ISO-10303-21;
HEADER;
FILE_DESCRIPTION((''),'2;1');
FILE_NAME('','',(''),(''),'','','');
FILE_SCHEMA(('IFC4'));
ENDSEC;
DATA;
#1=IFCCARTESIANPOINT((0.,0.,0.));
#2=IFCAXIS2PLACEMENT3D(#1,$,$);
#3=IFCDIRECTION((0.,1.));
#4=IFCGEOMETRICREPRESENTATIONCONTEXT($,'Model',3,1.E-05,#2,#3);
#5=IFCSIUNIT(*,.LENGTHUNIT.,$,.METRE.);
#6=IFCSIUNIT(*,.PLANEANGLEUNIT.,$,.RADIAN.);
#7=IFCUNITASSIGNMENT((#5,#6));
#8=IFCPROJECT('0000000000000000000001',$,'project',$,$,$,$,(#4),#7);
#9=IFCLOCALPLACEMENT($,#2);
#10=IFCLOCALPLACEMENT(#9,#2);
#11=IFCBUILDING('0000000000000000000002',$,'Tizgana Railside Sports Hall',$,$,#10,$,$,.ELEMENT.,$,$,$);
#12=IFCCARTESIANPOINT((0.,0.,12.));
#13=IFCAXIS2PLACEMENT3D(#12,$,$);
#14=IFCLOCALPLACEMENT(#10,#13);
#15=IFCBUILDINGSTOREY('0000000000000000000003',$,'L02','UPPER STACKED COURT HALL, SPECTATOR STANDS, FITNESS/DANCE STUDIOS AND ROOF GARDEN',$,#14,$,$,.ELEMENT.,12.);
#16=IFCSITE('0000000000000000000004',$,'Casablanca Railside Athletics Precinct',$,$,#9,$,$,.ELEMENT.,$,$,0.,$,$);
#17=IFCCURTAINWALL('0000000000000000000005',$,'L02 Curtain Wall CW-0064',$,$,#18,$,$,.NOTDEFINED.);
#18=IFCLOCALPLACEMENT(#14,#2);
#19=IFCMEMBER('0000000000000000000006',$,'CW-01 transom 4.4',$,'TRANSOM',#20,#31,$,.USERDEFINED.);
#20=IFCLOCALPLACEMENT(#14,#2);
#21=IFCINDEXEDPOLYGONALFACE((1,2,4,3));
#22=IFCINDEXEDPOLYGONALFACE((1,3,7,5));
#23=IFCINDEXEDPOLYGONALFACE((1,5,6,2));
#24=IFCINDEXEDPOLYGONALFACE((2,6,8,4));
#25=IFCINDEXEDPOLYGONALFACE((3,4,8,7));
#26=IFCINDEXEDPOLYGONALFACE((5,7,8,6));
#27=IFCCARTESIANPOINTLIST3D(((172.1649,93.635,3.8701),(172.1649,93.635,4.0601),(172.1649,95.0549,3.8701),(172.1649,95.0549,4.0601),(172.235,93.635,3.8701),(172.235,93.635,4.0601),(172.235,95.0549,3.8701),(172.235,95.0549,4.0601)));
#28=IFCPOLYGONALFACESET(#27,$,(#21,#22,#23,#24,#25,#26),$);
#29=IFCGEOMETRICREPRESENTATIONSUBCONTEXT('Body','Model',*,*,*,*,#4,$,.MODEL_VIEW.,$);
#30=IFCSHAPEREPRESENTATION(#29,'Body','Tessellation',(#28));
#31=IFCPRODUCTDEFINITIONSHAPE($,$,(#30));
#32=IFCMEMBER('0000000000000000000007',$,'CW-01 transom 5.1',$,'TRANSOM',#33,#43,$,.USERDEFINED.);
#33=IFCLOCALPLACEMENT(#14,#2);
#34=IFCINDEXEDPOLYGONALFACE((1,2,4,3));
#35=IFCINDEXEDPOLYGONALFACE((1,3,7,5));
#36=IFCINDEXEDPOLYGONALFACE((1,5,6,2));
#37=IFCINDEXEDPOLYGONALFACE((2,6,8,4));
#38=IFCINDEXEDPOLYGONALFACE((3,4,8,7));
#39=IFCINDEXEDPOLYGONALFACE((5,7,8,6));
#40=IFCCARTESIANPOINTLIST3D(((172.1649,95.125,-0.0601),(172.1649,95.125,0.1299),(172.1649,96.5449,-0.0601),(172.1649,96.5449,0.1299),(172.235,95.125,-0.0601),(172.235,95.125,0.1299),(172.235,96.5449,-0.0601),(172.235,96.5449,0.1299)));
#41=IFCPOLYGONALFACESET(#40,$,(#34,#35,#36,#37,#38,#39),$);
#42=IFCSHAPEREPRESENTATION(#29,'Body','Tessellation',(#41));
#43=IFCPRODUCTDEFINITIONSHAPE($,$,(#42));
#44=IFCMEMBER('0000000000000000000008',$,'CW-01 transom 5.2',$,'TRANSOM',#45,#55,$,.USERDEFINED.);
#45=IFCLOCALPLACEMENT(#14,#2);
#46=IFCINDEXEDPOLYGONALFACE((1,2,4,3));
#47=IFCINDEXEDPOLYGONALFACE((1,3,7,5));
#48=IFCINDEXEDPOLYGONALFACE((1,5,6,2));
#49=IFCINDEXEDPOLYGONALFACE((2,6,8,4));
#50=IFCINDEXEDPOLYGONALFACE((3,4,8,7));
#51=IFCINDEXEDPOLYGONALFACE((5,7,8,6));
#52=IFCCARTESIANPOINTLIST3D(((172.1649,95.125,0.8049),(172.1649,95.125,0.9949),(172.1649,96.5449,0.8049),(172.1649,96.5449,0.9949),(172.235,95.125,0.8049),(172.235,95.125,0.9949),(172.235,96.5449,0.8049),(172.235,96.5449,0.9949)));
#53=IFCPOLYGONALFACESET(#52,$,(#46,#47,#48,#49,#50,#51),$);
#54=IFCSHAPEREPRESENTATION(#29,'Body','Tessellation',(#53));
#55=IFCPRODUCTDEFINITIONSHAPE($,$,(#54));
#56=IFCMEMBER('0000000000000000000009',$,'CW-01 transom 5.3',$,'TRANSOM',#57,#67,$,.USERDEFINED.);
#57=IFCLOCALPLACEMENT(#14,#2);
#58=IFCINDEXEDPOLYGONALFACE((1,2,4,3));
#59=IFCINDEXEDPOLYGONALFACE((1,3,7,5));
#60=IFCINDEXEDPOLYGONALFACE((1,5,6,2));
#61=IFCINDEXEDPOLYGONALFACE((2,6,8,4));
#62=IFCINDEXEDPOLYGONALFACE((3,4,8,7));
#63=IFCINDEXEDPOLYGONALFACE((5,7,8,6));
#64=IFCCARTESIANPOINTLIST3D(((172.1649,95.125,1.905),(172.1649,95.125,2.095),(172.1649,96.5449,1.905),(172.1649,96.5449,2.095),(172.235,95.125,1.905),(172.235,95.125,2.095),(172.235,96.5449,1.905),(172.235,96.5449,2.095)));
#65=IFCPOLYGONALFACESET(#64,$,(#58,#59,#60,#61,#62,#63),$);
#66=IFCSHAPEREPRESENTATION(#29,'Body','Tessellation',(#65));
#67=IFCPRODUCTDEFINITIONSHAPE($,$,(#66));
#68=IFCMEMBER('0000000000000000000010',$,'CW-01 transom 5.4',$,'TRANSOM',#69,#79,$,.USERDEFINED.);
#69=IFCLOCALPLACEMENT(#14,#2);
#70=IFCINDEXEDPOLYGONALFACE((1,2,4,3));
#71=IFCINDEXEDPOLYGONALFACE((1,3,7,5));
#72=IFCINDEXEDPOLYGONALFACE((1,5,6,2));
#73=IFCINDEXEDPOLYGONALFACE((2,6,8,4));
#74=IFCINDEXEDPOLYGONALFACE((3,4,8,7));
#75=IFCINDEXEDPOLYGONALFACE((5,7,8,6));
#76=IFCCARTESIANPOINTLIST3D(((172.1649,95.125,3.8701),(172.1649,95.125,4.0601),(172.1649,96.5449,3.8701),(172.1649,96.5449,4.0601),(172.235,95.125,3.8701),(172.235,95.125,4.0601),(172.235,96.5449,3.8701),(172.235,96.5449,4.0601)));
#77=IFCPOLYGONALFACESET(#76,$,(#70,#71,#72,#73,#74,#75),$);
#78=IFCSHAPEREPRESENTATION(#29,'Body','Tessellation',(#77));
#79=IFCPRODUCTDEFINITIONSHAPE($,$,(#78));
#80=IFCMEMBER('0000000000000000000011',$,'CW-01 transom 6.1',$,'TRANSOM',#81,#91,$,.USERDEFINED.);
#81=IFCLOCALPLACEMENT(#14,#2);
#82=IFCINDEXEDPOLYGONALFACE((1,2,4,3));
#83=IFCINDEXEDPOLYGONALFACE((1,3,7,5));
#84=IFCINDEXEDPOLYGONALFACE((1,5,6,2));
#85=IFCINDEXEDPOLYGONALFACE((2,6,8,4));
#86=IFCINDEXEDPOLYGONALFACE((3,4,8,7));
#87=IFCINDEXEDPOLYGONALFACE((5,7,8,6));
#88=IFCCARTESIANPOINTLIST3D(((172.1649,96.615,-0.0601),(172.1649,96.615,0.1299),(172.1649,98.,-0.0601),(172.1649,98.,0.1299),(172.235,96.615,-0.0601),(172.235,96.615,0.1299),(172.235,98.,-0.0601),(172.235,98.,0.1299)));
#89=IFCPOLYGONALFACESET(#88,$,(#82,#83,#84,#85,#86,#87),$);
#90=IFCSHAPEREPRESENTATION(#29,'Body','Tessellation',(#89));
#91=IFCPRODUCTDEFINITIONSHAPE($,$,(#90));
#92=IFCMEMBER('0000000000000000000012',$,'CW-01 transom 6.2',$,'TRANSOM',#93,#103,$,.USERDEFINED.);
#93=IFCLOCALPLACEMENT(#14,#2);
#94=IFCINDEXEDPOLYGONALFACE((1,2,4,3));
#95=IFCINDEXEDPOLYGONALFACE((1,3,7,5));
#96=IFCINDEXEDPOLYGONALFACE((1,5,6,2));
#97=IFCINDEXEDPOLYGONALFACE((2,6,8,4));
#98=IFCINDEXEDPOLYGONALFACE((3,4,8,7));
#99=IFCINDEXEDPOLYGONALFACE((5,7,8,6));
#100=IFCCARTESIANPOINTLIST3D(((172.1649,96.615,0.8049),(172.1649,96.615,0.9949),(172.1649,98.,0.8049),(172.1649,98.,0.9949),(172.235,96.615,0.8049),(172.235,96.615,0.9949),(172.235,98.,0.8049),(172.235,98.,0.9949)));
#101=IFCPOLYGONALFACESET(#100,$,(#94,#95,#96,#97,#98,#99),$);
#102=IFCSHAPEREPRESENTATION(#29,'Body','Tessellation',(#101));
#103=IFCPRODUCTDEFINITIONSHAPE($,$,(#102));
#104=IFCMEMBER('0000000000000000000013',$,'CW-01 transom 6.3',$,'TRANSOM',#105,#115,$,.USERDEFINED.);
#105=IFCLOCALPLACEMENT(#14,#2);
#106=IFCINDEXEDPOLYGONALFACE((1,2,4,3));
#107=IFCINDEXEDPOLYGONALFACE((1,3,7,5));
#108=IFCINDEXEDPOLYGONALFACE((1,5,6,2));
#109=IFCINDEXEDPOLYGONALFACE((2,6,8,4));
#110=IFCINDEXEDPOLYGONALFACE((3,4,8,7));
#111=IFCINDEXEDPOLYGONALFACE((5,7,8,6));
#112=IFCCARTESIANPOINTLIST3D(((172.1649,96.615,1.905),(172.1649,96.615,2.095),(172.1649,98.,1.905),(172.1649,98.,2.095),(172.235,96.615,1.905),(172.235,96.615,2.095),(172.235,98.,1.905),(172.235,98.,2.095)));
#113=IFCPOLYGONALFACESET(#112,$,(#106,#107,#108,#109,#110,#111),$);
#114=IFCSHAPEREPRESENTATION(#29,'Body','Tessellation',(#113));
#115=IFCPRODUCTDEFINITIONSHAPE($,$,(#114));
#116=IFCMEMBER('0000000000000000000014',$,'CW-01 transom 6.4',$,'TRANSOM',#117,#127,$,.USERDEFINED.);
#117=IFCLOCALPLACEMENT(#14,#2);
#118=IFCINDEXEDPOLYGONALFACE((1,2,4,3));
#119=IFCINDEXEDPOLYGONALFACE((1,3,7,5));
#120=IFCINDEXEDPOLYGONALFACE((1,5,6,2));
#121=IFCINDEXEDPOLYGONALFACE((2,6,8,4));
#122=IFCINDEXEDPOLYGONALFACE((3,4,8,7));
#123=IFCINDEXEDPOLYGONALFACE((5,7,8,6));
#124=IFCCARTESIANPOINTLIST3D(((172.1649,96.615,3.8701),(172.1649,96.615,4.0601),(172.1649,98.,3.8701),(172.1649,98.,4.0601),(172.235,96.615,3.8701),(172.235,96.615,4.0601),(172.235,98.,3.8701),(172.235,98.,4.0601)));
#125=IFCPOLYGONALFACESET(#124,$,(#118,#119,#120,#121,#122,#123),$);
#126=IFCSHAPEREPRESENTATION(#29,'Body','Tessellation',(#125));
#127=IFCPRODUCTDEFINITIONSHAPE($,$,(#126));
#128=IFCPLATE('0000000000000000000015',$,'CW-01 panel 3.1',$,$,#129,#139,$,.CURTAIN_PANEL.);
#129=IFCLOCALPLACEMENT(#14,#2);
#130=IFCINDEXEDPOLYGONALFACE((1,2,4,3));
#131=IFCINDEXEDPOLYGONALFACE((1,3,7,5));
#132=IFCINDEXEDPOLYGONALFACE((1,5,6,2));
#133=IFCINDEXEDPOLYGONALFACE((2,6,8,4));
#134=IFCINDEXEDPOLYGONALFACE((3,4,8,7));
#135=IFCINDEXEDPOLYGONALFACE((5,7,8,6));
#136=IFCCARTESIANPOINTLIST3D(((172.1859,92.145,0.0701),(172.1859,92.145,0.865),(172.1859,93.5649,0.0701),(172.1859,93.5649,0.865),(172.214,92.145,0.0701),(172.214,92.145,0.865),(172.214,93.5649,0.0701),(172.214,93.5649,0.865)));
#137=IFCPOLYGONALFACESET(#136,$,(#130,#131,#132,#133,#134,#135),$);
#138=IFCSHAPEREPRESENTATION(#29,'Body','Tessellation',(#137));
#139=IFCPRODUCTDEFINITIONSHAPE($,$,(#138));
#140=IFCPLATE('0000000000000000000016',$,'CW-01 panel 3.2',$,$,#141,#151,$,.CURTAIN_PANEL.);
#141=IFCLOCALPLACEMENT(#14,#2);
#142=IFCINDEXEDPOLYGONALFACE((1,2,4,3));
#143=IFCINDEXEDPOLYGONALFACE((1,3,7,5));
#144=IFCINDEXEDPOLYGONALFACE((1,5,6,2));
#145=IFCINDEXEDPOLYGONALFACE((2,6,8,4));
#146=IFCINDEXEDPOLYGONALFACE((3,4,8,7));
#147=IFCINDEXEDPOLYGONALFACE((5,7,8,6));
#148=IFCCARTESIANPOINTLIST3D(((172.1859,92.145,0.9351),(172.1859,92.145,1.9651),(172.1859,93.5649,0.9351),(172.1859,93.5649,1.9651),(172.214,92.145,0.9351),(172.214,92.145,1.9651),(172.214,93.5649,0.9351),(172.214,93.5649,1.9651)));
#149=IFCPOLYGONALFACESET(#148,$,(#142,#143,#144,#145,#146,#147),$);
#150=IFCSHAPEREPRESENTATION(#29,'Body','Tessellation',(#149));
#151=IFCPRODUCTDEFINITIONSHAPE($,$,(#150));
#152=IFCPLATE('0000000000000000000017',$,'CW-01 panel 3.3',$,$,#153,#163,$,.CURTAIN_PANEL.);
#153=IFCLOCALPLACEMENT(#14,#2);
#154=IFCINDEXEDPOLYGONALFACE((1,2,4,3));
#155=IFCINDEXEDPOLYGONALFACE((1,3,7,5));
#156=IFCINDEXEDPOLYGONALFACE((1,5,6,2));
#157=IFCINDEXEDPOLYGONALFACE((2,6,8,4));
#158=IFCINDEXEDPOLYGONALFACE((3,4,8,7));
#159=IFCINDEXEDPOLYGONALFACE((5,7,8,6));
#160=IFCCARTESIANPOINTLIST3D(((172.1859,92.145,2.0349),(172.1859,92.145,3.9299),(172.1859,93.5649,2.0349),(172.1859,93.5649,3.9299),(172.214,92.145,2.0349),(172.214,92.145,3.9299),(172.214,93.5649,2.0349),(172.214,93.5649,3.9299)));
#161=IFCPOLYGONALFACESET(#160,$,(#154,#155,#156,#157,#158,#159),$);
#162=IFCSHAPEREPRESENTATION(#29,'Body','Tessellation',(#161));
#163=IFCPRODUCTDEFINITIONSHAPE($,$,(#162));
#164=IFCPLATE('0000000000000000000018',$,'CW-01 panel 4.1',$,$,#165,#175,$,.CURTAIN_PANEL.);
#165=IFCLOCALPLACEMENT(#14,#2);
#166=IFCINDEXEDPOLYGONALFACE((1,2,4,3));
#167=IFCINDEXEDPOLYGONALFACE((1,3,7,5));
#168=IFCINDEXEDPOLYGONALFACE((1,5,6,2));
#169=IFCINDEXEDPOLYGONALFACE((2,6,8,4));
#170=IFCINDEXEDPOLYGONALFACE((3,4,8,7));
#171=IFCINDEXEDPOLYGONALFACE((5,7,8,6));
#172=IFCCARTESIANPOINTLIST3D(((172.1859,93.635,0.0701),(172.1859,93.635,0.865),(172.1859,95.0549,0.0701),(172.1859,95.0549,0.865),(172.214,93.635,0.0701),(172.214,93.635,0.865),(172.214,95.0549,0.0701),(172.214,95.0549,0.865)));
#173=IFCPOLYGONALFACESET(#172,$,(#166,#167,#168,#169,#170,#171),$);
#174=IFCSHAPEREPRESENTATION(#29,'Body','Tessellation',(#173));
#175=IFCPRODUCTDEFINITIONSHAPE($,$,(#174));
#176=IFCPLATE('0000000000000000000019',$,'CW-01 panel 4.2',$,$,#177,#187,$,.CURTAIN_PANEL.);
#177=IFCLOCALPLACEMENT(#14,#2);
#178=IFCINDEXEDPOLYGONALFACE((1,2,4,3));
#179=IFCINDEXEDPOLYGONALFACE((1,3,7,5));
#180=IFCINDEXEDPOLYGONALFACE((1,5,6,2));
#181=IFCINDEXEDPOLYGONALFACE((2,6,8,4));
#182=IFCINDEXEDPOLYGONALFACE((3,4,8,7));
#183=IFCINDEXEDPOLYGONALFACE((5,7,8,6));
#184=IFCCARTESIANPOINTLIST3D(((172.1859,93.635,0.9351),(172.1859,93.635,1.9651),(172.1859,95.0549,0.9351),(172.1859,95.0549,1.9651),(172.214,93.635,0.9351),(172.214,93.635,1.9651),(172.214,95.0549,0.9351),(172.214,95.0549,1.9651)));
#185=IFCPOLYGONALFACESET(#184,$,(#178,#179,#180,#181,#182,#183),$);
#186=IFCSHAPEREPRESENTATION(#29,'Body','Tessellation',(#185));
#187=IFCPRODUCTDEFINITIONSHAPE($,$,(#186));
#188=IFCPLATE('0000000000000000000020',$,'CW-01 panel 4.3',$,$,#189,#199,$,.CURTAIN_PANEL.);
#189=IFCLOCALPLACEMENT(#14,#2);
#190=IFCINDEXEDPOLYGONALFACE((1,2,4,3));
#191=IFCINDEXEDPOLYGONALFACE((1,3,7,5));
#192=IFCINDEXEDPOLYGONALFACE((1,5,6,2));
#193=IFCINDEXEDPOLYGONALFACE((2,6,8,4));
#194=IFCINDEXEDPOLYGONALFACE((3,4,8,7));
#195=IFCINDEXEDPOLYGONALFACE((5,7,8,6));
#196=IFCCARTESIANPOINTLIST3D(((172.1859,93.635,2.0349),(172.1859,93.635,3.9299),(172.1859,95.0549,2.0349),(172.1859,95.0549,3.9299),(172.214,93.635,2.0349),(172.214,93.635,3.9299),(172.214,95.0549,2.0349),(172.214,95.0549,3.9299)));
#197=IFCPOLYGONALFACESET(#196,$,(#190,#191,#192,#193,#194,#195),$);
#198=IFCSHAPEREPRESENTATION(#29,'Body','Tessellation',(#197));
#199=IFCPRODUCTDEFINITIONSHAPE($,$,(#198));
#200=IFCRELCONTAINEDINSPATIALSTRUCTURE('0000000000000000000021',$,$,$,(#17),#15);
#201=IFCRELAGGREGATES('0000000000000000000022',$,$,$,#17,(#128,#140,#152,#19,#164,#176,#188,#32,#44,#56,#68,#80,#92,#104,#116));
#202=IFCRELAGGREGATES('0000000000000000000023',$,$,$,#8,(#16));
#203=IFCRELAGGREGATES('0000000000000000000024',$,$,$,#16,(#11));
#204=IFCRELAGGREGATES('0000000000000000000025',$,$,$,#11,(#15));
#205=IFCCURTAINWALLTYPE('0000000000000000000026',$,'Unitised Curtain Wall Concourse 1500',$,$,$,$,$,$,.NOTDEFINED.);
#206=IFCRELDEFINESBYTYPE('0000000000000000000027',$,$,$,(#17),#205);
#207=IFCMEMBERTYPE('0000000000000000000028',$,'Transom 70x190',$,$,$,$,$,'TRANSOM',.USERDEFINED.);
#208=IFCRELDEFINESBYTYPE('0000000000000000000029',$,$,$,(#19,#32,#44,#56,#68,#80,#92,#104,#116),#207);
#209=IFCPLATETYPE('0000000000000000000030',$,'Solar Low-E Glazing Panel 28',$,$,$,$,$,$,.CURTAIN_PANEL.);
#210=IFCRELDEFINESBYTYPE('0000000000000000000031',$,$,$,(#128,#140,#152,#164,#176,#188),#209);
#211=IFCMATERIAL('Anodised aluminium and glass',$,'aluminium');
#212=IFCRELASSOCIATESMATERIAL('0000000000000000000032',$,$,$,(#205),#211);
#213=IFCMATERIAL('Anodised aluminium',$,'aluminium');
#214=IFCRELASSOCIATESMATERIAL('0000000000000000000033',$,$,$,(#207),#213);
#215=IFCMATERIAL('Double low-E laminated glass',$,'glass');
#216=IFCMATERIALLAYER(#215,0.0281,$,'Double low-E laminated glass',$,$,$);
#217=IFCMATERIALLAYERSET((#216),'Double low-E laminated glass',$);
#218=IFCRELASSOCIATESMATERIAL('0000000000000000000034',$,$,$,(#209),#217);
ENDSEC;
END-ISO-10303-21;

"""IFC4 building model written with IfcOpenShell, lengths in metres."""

from ifc_helpers import new_model, si_unit, direction, frame, origin, origin_2d, place, context, subcontext, project, spatial, rectangle, extrude, material, layer, layer_set, material_profile, profile_set, type_object, element, aggregate, save


model = new_model("IFC4")

# Units and contexts
model_context = context("Model", 3, precision=1e-05, world=origin(), true_north=direction((0.0, 1.0)))
body_context = subcontext(model_context, "Body", "Model", "MODEL_VIEW")
ifc_project = project(units=[si_unit("LENGTHUNIT", "METRE"), si_unit("PLANEANGLEUNIT", "RADIAN")], contexts=[model_context])

# Site, building, storey
site_placement = place(None, origin())
site = spatial("IfcSite", under=ifc_project, at=site_placement, Name="Casablanca Railside Athletics Precinct", CompositionType="ELEMENT", RefElevation=0.0)
building_placement = place(site_placement, origin())
building = spatial("IfcBuilding", under=site, at=building_placement, Name="Tizgana Railside Sports Hall", CompositionType="ELEMENT")
storey_placement = place(building_placement, frame((0.0, 0.0, 12.0)))
storey = spatial("IfcBuildingStorey", under=building, at=storey_placement, Name="L02", Description="UPPER STACKED COURT HALL, SPECTATOR STANDS, FITNESS/DANCE STUDIOS AND ROOF GARDEN", CompositionType="ELEMENT", Elevation=12.0)

# Shared definitions
ifc_material_1 = material(Name="Anodised aluminium and glass", Category="aluminium")
ifc_material_2 = material(Name="Anodised aluminium", Category="aluminium")

# Curtain wall
curtain_wall_type_1 = type_object("IfcCurtainWallType", Name="Unitised Curtain Wall Concourse 1500", PredefinedType="NOTDEFINED", material=ifc_material_1)
curtain_wall_1_placement = place(storey_placement, origin())
curtain_wall_1 = element("IfcCurtainWall", 1, at=curtain_wall_1_placement, inside=storey, type_object=curtain_wall_type_1, Name="L02 Curtain Wall CW-0064", PredefinedType="NOTDEFINED")

# Members
ifc_material_profile_1 = material_profile(ifc_material_2, rectangle(XDim=0.0701, YDim=0.1899, at=origin_2d()), Name="Transom 70x190")
ifc_profile_set_1 = profile_set([ifc_material_profile_1], Name="Anodised aluminium")
member_type_1 = type_object("IfcMemberType", Name="Transom 70x190", ElementType="TRANSOM", PredefinedType="USERDEFINED", material=ifc_profile_set_1)
member_1_placement = place(storey_placement, frame((172.2, 93.635, 3.9651), z_axis=(0.0, 1.0, 0.0), x_axis=(-1.0, 0.0, 0.0)))
member_1 = element("IfcMember", 2, at=member_1_placement, type_object=member_type_1, Name="CW-01 transom 4.4", ObjectType="TRANSOM", PredefinedType="USERDEFINED", context=body_context, shape_type="SweptSolid", body=[
    extrude(rectangle(XDim=0.0701, YDim=0.1899, at=origin_2d()), origin(), (0.0, 0.0, 1.0), 1.4199),
])
member_2_placement = place(storey_placement, frame((172.2, 95.125, 0.0349), z_axis=(0.0, 1.0, 0.0), x_axis=(-1.0, 0.0, 0.0)))
member_2 = element("IfcMember", 3, at=member_2_placement, type_object=member_type_1, Name="CW-01 transom 5.1", ObjectType="TRANSOM", PredefinedType="USERDEFINED", context=body_context, shape_type="SweptSolid", body=[
    extrude(rectangle(XDim=0.0701, YDim=0.1899, at=origin_2d()), origin(), (0.0, 0.0, 1.0), 1.4199),
])
member_3_placement = place(storey_placement, frame((172.2, 95.125, 0.8999), z_axis=(0.0, 1.0, 0.0), x_axis=(-1.0, 0.0, 0.0)))
member_3 = element("IfcMember", 4, at=member_3_placement, type_object=member_type_1, Name="CW-01 transom 5.2", ObjectType="TRANSOM", PredefinedType="USERDEFINED", context=body_context, shape_type="SweptSolid", body=[
    extrude(rectangle(XDim=0.0701, YDim=0.1899, at=origin_2d()), origin(), (0.0, 0.0, 1.0), 1.4199),
])
member_4_placement = place(storey_placement, frame((172.2, 95.125, 2.0), z_axis=(0.0, 1.0, 0.0), x_axis=(-1.0, 0.0, 0.0)))
member_4 = element("IfcMember", 5, at=member_4_placement, type_object=member_type_1, Name="CW-01 transom 5.3", ObjectType="TRANSOM", PredefinedType="USERDEFINED", context=body_context, shape_type="SweptSolid", body=[
    extrude(rectangle(XDim=0.0701, YDim=0.1899, at=origin_2d()), origin(), (0.0, 0.0, 1.0), 1.4199),
])
member_5_placement = place(storey_placement, frame((172.2, 95.125, 3.9651), z_axis=(0.0, 1.0, 0.0), x_axis=(-1.0, 0.0, 0.0)))
member_5 = element("IfcMember", 6, at=member_5_placement, type_object=member_type_1, Name="CW-01 transom 5.4", ObjectType="TRANSOM", PredefinedType="USERDEFINED", context=body_context, shape_type="SweptSolid", body=[
    extrude(rectangle(XDim=0.0701, YDim=0.1899, at=origin_2d()), origin(), (0.0, 0.0, 1.0), 1.4199),
])
member_6_placement = place(storey_placement, frame((172.2, 96.615, 0.0349), z_axis=(0.0, 1.0, 0.0), x_axis=(-1.0, 0.0, 0.0)))
member_6 = element("IfcMember", 7, at=member_6_placement, type_object=member_type_1, Name="CW-01 transom 6.1", ObjectType="TRANSOM", PredefinedType="USERDEFINED", context=body_context, shape_type="SweptSolid", body=[
    extrude(rectangle(XDim=0.0701, YDim=0.1899, at=origin_2d()), origin(), (0.0, 0.0, 1.0), 1.385),
])
member_7_placement = place(storey_placement, frame((172.2, 96.615, 0.8999), z_axis=(0.0, 1.0, 0.0), x_axis=(-1.0, 0.0, 0.0)))
member_7 = element("IfcMember", 8, at=member_7_placement, type_object=member_type_1, Name="CW-01 transom 6.2", ObjectType="TRANSOM", PredefinedType="USERDEFINED", context=body_context, shape_type="SweptSolid", body=[
    extrude(rectangle(XDim=0.0701, YDim=0.1899, at=origin_2d()), origin(), (0.0, 0.0, 1.0), 1.385),
])
member_8_placement = place(storey_placement, frame((172.2, 96.615, 2.0), z_axis=(0.0, 1.0, 0.0), x_axis=(-1.0, 0.0, 0.0)))
member_8 = element("IfcMember", 9, at=member_8_placement, type_object=member_type_1, Name="CW-01 transom 6.3", ObjectType="TRANSOM", PredefinedType="USERDEFINED", context=body_context, shape_type="SweptSolid", body=[
    extrude(rectangle(XDim=0.0701, YDim=0.1899, at=origin_2d()), origin(), (0.0, 0.0, 1.0), 1.385),
])
member_9_placement = place(storey_placement, frame((172.2, 96.615, 3.9651), z_axis=(0.0, 1.0, 0.0), x_axis=(-1.0, 0.0, 0.0)))
member_9 = element("IfcMember", 10, at=member_9_placement, type_object=member_type_1, Name="CW-01 transom 6.4", ObjectType="TRANSOM", PredefinedType="USERDEFINED", context=body_context, shape_type="SweptSolid", body=[
    extrude(rectangle(XDim=0.0701, YDim=0.1899, at=origin_2d()), origin(), (0.0, 0.0, 1.0), 1.385),
])

# Plates
ifc_material_3 = material(Name="Double low-E laminated glass", Category="glass")
ifc_layer_1 = layer(ifc_material_3, 0.0281, Name="Double low-E laminated glass")
ifc_layer_set_1 = layer_set([ifc_layer_1], Name="Double low-E laminated glass")
plate_type = type_object("IfcPlateType", Name="Solar Low-E Glazing Panel 28", PredefinedType="CURTAIN_PANEL", material=ifc_layer_set_1)
plate_1_placement = place(storey_placement, frame((172.2, 92.855, 0.0701), z_axis=(0.0, 0.0, 1.0), x_axis=(0.0, 1.0, 0.0)))
plate_1 = element("IfcPlate", 11, at=plate_1_placement, type_object=plate_type, Name="CW-01 panel 3.1", PredefinedType="CURTAIN_PANEL", context=body_context, shape_type="SweptSolid", body=[
    extrude(rectangle(XDim=1.4199, YDim=0.0281, at=origin_2d()), origin(), (0.0, 0.0, 1.0), 0.7949),
])
plate_2_placement = place(storey_placement, frame((172.2, 92.855, 0.9351), z_axis=(0.0, 0.0, 1.0), x_axis=(0.0, 1.0, 0.0)))
plate_2 = element("IfcPlate", 12, at=plate_2_placement, type_object=plate_type, Name="CW-01 panel 3.2", PredefinedType="CURTAIN_PANEL", context=body_context, shape_type="SweptSolid", body=[
    extrude(rectangle(XDim=1.4199, YDim=0.0281, at=origin_2d()), origin(), (0.0, 0.0, 1.0), 1.03),
])
plate_3_placement = place(storey_placement, frame((172.2, 92.855, 2.0349), z_axis=(0.0, 0.0, 1.0), x_axis=(0.0, 1.0, 0.0)))
plate_3 = element("IfcPlate", 13, at=plate_3_placement, type_object=plate_type, Name="CW-01 panel 3.3", PredefinedType="CURTAIN_PANEL", context=body_context, shape_type="SweptSolid", body=[
    extrude(rectangle(XDim=1.4199, YDim=0.0281, at=origin_2d()), origin(), (0.0, 0.0, 1.0), 1.895),
])
plate_4_placement = place(storey_placement, frame((172.2, 94.345, 0.0701), z_axis=(0.0, 0.0, 1.0), x_axis=(0.0, 1.0, 0.0)))
plate_4 = element("IfcPlate", 14, at=plate_4_placement, type_object=plate_type, Name="CW-01 panel 4.1", PredefinedType="CURTAIN_PANEL", context=body_context, shape_type="SweptSolid", body=[
    extrude(rectangle(XDim=1.4199, YDim=0.0281, at=origin_2d()), origin(), (0.0, 0.0, 1.0), 0.7949),
])
plate_5_placement = place(storey_placement, frame((172.2, 94.345, 0.9351), z_axis=(0.0, 0.0, 1.0), x_axis=(0.0, 1.0, 0.0)))
plate_5 = element("IfcPlate", 15, at=plate_5_placement, type_object=plate_type, Name="CW-01 panel 4.2", PredefinedType="CURTAIN_PANEL", context=body_context, shape_type="SweptSolid", body=[
    extrude(rectangle(XDim=1.4199, YDim=0.0281, at=origin_2d()), origin(), (0.0, 0.0, 1.0), 1.03),
])
plate_6_placement = place(storey_placement, frame((172.2, 94.345, 2.0349), z_axis=(0.0, 0.0, 1.0), x_axis=(0.0, 1.0, 0.0)))
plate_6 = element("IfcPlate", 16, at=plate_6_placement, type_object=plate_type, Name="CW-01 panel 4.3", PredefinedType="CURTAIN_PANEL", context=body_context, shape_type="SweptSolid", body=[
    extrude(rectangle(XDim=1.4199, YDim=0.0281, at=origin_2d()), origin(), (0.0, 0.0, 1.0), 1.895),
])
aggregate(curtain_wall_1, [plate_1, plate_2, plate_3, member_1, plate_4, plate_5, plate_6, member_2, member_3, member_4, member_5, member_6, member_7, member_8, member_9])

save(model, "model.ifc")
